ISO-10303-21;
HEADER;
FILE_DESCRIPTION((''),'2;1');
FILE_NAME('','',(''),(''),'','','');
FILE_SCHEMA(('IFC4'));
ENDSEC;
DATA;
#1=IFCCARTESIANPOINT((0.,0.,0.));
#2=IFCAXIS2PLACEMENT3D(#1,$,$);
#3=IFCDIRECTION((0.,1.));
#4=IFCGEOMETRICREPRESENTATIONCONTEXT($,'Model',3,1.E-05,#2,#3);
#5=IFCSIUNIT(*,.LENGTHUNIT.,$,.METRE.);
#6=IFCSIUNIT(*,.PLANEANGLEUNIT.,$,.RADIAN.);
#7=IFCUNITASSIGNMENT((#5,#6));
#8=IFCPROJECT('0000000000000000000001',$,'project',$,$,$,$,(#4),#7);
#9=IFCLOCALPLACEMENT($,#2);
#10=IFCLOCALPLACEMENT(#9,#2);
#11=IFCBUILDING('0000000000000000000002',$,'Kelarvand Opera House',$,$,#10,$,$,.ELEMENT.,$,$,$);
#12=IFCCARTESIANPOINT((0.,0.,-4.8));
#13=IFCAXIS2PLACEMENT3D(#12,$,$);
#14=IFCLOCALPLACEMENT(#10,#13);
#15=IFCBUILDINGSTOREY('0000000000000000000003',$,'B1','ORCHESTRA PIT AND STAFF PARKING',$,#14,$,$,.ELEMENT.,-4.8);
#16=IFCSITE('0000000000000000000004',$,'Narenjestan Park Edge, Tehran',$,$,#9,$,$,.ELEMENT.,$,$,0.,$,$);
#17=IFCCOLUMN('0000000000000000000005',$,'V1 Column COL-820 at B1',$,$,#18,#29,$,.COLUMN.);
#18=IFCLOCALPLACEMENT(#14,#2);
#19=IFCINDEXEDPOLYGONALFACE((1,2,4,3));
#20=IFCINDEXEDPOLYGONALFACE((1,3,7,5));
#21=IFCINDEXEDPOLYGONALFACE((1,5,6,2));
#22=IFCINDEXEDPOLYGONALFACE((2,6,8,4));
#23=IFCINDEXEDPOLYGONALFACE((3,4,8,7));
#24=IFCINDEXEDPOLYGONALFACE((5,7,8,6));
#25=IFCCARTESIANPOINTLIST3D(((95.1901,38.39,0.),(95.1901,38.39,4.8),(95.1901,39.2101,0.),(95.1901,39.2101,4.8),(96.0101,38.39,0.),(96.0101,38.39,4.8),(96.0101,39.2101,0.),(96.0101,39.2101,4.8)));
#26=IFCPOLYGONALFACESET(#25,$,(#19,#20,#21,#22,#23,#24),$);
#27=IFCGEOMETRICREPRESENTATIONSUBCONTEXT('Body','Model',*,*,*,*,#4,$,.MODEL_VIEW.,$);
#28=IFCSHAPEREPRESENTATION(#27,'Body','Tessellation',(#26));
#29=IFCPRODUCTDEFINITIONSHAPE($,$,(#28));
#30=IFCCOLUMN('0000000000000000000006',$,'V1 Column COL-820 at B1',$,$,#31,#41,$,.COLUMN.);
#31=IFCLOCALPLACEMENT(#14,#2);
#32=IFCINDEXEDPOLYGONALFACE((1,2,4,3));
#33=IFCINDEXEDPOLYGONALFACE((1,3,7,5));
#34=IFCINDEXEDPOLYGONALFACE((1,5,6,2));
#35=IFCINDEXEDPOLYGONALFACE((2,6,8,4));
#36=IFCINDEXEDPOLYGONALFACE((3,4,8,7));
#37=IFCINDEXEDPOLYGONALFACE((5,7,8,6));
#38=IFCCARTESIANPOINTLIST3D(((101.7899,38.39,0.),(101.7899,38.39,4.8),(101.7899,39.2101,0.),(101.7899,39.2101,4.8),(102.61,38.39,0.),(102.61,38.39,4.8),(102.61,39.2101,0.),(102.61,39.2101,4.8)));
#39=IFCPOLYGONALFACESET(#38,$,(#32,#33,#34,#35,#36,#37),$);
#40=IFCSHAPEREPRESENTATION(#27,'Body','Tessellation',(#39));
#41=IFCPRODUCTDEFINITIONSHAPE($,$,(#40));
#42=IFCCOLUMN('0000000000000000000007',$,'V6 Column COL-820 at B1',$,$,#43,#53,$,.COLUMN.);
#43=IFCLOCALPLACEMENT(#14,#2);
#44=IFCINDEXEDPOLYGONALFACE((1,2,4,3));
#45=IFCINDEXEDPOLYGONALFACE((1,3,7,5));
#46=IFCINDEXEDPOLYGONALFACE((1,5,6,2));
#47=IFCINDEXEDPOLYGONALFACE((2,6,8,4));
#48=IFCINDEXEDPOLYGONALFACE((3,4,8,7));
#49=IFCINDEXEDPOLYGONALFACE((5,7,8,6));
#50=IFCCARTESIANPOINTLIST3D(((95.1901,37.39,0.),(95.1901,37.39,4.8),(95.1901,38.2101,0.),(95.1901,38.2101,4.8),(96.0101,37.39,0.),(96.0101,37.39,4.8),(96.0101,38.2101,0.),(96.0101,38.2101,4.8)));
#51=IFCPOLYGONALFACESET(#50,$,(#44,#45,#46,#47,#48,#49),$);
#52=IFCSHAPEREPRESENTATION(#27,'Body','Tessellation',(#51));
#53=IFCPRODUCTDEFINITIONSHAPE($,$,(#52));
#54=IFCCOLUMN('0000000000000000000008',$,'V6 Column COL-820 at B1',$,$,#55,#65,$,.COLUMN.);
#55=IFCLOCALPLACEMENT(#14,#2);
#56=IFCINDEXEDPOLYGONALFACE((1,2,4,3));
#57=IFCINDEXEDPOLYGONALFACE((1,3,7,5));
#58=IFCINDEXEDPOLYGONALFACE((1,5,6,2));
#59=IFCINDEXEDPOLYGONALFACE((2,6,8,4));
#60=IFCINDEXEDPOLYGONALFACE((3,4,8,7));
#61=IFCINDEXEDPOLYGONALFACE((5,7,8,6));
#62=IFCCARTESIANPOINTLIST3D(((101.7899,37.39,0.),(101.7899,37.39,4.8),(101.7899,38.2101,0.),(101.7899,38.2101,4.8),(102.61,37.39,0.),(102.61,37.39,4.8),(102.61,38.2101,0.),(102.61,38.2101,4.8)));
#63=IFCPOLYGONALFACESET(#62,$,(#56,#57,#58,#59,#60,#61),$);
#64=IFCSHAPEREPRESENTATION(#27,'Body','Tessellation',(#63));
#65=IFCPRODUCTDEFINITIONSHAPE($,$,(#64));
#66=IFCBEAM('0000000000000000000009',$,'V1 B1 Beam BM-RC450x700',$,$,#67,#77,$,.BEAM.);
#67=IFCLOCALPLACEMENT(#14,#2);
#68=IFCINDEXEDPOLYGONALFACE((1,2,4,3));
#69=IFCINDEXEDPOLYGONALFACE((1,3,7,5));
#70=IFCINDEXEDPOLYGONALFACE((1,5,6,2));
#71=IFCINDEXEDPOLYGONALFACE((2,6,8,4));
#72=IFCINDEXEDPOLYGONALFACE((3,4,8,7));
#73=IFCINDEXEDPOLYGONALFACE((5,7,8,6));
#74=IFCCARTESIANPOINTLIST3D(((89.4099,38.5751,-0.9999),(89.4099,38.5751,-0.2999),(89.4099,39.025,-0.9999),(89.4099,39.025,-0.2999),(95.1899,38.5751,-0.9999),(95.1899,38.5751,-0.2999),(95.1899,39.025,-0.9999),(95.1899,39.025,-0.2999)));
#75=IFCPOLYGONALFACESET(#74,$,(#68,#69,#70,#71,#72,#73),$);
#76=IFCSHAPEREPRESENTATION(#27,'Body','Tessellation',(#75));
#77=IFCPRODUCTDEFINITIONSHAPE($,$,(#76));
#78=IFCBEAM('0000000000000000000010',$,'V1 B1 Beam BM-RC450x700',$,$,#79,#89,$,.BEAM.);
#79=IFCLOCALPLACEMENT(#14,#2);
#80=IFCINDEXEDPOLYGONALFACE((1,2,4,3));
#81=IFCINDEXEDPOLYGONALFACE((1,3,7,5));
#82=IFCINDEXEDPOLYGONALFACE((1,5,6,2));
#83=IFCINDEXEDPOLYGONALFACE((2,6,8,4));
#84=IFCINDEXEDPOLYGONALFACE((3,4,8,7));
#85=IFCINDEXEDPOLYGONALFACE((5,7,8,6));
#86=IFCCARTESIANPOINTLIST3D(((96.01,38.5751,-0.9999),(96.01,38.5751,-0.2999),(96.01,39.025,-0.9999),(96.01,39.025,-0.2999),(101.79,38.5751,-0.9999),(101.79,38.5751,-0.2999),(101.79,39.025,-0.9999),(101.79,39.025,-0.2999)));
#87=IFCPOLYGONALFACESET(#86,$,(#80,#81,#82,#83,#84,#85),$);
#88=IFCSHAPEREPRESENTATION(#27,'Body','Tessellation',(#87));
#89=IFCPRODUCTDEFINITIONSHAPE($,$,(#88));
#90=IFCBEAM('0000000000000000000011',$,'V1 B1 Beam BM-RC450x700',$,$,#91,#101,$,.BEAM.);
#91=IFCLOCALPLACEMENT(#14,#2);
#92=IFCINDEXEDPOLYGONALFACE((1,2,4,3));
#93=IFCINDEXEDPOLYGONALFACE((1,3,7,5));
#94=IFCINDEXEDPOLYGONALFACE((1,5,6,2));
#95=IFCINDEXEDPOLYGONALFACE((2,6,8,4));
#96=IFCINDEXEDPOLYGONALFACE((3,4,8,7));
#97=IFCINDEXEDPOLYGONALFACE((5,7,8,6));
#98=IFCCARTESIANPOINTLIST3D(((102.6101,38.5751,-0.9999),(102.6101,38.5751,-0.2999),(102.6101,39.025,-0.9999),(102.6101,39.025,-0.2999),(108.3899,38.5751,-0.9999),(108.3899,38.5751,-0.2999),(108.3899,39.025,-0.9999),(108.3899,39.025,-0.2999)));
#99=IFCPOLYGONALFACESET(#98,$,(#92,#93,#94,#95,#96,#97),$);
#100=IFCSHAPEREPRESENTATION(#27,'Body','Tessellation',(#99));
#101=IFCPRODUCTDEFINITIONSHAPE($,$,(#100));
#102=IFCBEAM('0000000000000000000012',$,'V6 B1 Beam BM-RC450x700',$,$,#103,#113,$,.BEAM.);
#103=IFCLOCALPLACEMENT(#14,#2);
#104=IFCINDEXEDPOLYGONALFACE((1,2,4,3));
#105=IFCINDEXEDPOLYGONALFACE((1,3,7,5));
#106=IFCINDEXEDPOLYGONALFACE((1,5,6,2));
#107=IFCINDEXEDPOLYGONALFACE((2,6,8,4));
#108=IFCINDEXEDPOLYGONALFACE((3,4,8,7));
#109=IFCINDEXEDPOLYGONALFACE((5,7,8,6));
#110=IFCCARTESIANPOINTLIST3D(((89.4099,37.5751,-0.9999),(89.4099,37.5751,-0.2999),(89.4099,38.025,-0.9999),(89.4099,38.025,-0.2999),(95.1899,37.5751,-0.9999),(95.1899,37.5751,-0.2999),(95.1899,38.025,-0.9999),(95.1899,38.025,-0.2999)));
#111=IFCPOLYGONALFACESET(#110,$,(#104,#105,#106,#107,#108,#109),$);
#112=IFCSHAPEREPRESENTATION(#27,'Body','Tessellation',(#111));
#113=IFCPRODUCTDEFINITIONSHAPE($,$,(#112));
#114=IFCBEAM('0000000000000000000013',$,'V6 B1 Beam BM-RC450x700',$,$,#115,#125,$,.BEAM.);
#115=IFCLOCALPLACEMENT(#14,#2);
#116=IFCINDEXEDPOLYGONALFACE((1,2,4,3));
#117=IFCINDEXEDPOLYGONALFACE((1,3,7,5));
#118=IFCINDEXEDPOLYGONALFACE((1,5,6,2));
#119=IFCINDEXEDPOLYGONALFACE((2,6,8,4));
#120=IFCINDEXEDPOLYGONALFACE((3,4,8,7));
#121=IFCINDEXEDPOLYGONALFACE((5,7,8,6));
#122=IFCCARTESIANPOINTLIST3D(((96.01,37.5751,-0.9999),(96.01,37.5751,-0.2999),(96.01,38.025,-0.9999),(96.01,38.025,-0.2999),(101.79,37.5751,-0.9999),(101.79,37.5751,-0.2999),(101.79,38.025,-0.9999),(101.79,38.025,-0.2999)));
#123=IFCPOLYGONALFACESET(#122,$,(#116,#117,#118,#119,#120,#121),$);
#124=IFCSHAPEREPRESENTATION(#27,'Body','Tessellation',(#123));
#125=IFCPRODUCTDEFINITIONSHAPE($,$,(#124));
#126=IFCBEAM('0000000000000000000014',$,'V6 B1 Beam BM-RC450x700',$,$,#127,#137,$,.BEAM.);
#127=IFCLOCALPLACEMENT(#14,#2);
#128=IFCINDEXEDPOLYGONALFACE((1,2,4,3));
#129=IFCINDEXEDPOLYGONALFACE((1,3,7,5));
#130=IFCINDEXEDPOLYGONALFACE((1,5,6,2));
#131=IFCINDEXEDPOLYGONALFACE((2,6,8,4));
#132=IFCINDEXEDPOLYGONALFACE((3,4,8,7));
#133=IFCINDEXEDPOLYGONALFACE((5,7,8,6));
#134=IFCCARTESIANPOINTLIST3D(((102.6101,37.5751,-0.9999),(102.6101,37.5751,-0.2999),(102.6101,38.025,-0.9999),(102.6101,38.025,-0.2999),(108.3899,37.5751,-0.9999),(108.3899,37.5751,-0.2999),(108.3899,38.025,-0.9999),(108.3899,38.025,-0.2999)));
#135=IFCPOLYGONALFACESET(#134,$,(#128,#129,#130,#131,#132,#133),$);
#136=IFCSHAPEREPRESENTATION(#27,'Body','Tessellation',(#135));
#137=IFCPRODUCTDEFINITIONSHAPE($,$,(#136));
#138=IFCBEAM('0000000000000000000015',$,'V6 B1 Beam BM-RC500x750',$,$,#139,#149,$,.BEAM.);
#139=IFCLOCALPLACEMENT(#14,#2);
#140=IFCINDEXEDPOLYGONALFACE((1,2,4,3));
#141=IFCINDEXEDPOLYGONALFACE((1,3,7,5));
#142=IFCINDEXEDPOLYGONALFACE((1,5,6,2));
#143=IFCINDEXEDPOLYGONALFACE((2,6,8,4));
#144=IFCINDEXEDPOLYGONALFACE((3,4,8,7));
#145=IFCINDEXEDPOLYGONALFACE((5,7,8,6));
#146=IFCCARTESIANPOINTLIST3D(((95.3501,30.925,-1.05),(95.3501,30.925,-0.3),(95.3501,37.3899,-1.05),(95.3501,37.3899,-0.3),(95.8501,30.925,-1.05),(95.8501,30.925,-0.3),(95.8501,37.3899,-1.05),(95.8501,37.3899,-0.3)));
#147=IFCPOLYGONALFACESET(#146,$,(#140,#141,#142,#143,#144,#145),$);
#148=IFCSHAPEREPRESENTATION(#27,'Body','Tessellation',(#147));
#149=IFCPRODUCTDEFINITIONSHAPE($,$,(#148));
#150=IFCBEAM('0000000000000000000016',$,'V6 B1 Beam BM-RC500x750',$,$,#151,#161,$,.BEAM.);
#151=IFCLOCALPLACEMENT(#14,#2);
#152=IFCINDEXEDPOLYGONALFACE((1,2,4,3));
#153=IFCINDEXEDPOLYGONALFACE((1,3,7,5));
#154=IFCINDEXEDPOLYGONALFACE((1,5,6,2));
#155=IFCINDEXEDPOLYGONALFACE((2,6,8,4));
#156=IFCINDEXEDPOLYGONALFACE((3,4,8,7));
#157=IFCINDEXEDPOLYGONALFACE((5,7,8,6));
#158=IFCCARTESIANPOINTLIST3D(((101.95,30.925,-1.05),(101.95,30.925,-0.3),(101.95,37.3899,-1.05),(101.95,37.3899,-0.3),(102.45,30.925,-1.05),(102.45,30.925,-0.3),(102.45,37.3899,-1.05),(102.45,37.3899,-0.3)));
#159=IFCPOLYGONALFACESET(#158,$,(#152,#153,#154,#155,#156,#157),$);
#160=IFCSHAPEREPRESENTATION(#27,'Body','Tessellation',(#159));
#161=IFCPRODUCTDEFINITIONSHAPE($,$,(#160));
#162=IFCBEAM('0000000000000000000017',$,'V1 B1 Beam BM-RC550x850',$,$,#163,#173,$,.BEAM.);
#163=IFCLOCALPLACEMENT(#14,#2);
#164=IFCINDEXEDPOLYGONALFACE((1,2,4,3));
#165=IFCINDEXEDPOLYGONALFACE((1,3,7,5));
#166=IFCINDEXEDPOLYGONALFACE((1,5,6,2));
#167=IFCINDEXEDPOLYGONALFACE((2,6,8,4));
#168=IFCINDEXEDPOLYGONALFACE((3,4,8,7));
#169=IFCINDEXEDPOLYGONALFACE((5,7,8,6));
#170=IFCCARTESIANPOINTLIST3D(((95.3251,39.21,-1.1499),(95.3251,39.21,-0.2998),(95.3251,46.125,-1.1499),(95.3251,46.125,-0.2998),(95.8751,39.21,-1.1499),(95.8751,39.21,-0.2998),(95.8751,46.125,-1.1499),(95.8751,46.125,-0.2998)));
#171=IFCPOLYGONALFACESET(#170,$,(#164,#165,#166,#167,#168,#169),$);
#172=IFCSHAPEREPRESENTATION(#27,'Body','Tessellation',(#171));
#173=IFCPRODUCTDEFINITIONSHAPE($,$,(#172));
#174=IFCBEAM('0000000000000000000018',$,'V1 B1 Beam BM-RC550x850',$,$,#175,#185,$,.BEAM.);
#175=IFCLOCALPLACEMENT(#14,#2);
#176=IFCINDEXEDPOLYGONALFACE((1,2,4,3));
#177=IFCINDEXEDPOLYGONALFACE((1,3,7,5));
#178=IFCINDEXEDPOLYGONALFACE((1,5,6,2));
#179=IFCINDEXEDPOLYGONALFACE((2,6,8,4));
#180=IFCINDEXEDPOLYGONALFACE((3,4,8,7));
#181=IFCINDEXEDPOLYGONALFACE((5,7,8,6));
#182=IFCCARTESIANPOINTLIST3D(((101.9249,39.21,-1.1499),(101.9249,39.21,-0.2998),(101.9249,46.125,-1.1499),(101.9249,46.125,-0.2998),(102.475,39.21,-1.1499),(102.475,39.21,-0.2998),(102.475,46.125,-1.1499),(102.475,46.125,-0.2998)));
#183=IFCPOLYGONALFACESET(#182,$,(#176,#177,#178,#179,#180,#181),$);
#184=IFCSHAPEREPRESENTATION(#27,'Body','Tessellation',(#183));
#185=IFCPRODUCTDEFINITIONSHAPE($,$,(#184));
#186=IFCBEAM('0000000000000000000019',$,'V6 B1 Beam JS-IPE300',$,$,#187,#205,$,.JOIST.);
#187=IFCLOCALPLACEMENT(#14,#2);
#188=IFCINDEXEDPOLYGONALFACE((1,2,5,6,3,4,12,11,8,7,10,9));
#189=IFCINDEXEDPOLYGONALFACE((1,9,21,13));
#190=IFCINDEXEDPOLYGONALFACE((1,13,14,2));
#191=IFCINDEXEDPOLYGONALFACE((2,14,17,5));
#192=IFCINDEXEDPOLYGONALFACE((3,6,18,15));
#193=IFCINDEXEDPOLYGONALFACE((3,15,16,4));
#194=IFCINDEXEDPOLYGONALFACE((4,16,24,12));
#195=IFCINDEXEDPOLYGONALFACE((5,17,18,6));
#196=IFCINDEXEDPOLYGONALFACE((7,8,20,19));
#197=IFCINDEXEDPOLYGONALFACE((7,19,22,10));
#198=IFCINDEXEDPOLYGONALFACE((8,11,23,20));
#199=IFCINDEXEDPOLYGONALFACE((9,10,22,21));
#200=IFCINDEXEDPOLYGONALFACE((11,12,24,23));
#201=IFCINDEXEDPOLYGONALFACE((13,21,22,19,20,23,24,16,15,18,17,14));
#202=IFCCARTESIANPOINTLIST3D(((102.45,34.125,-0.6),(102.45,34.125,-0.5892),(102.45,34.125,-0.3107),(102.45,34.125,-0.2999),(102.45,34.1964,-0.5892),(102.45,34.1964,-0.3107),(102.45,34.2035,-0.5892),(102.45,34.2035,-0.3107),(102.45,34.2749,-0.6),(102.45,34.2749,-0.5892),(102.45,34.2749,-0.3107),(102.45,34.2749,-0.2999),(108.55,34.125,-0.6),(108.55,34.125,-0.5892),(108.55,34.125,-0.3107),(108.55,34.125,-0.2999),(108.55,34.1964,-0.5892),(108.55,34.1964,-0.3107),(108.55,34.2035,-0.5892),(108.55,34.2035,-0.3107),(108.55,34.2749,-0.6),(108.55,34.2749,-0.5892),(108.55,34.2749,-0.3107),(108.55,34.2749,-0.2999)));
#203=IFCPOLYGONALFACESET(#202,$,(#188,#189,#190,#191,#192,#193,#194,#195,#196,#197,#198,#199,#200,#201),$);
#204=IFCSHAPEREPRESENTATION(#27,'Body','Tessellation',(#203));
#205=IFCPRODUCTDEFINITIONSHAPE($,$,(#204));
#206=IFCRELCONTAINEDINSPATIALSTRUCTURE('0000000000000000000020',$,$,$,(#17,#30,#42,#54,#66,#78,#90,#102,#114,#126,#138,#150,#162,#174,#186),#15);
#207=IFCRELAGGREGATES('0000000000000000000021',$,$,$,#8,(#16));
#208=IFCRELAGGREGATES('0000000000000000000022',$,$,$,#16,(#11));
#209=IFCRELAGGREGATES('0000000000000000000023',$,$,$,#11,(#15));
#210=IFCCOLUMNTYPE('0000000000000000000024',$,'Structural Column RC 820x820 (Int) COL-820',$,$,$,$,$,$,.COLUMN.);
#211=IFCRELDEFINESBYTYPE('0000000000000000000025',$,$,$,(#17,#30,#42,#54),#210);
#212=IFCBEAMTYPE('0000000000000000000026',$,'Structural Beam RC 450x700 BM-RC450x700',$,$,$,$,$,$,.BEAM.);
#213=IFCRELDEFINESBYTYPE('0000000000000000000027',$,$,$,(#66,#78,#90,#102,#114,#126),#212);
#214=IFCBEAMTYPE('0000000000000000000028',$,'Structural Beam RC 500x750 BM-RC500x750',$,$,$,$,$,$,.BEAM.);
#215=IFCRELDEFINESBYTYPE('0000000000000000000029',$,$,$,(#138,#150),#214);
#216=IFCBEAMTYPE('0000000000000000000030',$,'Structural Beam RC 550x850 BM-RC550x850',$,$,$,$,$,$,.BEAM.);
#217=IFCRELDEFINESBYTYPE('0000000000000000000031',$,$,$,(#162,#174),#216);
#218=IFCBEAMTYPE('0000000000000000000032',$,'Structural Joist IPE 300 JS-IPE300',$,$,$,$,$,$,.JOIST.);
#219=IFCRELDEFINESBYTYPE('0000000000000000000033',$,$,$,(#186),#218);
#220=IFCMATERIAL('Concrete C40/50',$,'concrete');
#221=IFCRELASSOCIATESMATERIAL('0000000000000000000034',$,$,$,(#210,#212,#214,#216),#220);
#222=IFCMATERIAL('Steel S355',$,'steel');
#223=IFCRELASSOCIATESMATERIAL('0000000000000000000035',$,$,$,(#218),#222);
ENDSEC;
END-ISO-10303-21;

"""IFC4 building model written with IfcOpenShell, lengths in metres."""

from ifc_helpers import new_model, si_unit, direction, frame, origin, origin_2d, place, context, subcontext, project, spatial, rectangle, i_section, extrude, material, material_profile, profile_set, type_object, element, save


model = new_model("IFC4")

# Units and contexts
model_context = context("Model", 3, precision=1e-05, world=origin(), true_north=direction((0.0, 1.0)))
body_context = subcontext(model_context, "Body", "Model", "MODEL_VIEW")
ifc_project = project(units=[si_unit("LENGTHUNIT", "METRE"), si_unit("PLANEANGLEUNIT", "RADIAN")], contexts=[model_context])

# Site, building, storey
site_placement = place(None, origin())
site = spatial("IfcSite", under=ifc_project, at=site_placement, Name="Narenjestan Park Edge, Tehran", CompositionType="ELEMENT", RefElevation=0.0)
building_placement = place(site_placement, origin())
building = spatial("IfcBuilding", under=site, at=building_placement, Name="Kelarvand Opera House", CompositionType="ELEMENT")
storey_placement = place(building_placement, frame((0.0, 0.0, -4.8)))
storey = spatial("IfcBuildingStorey", under=building, at=storey_placement, Name="B1", Description="ORCHESTRA PIT AND STAFF PARKING", CompositionType="ELEMENT", Elevation=-4.8)

# Columns
ifc_material_1 = material(Name="Concrete C40/50", Category="concrete")
ifc_material_profile_1 = material_profile(ifc_material_1, rectangle(XDim=0.8201, YDim=0.8201, at=origin_2d()), Name="RC 820x820", Category="concrete")
ifc_profile_set_1 = profile_set([ifc_material_profile_1], Name="Concrete C40/50")
column_type = type_object("IfcColumnType", Name="Structural Column RC 820x820 (Int) COL-820", PredefinedType="COLUMN", material=ifc_profile_set_1)
for number, where, z_axis, x_axis, name in (
    (1, (95.6001, 38.8, 0.0), (0.0, 0.0, 1.0), (1.0, 0.0, 0.0), "V1 Column COL-820 at B1"),
    (2, (102.2, 38.8, 0.0), (0.0, 0.0, 1.0), (1.0, 0.0, 0.0), "V1 Column COL-820 at B1"),
    (3, (95.6001, 37.8, 0.0), (0.0, 0.0, 1.0), (1.0, 0.0, 0.0), "V6 Column COL-820 at B1"),
    (4, (102.2, 37.8, 0.0), (0.0, 0.0, 1.0), (1.0, 0.0, 0.0), "V6 Column COL-820 at B1"),
):
    element("IfcColumn", number, at=place(storey_placement, frame(where, z_axis=z_axis, x_axis=x_axis)), inside=storey, type_object=column_type, Name=name, PredefinedType="COLUMN", context=body_context, shape_type="SweptSolid", body=[
        extrude(rectangle(XDim=0.8201, YDim=0.8201, at=origin_2d()), origin(), (0.0, 0.0, 1.0), 4.8),
    ])

# Beams
ifc_material_profile_2 = material_profile(ifc_material_1, rectangle(XDim=0.45, YDim=0.7, at=origin_2d()), Name="RC 450x700", Category="concrete")
ifc_profile_set_2 = profile_set([ifc_material_profile_2], Name="Concrete C40/50")
beam_type_1 = type_object("IfcBeamType", Name="Structural Beam RC 450x700 BM-RC450x700", PredefinedType="BEAM", material=ifc_profile_set_2)
for number, where, z_axis, x_axis, name in (
    (5, (89.4099, 38.8, -0.6499), (1.0, 0.0, 0.0), (0.0, 1.0, 0.0), "V1 B1 Beam BM-RC450x700"),
    (6, (96.01, 38.8, -0.6499), (1.0, 0.0, 0.0), (0.0, 1.0, 0.0), "V1 B1 Beam BM-RC450x700"),
):
    element("IfcBeam", number, at=place(storey_placement, frame(where, z_axis=z_axis, x_axis=x_axis)), inside=storey, type_object=beam_type_1, Name=name, PredefinedType="BEAM", context=body_context, shape_type="SweptSolid", body=[
        extrude(rectangle(XDim=0.45, YDim=0.7, at=origin_2d()), origin(), (0.0, 0.0, 1.0), 5.78),
    ])
beam_1_placement = place(storey_placement, frame((102.6101, 38.8, -0.6499), z_axis=(1.0, 0.0, 0.0), x_axis=(0.0, 1.0, 0.0)))
element("IfcBeam", 7, at=beam_1_placement, inside=storey, type_object=beam_type_1, Name="V1 B1 Beam BM-RC450x700", PredefinedType="BEAM", context=body_context, shape_type="SweptSolid", body=[
    extrude(rectangle(XDim=0.45, YDim=0.7, at=origin_2d()), origin(), (0.0, 0.0, 1.0), 5.7798),
])
for number, where, z_axis, x_axis, name in (
    (8, (89.4099, 37.8, -0.6499), (1.0, 0.0, 0.0), (0.0, 1.0, 0.0), "V6 B1 Beam BM-RC450x700"),
    (9, (96.01, 37.8, -0.6499), (1.0, 0.0, 0.0), (0.0, 1.0, 0.0), "V6 B1 Beam BM-RC450x700"),
):
    element("IfcBeam", number, at=place(storey_placement, frame(where, z_axis=z_axis, x_axis=x_axis)), inside=storey, type_object=beam_type_1, Name=name, PredefinedType="BEAM", context=body_context, shape_type="SweptSolid", body=[
        extrude(rectangle(XDim=0.45, YDim=0.7, at=origin_2d()), origin(), (0.0, 0.0, 1.0), 5.78),
    ])
beam_2_placement = place(storey_placement, frame((102.6101, 37.8, -0.6499), z_axis=(1.0, 0.0, 0.0), x_axis=(0.0, 1.0, 0.0)))
element("IfcBeam", 10, at=beam_2_placement, inside=storey, type_object=beam_type_1, Name="V6 B1 Beam BM-RC450x700", PredefinedType="BEAM", context=body_context, shape_type="SweptSolid", body=[
    extrude(rectangle(XDim=0.45, YDim=0.7, at=origin_2d()), origin(), (0.0, 0.0, 1.0), 5.7798),
])
ifc_material_profile_3 = material_profile(ifc_material_1, rectangle(XDim=0.5, YDim=0.75, at=origin_2d()), Name="RC 500x750", Category="concrete")
ifc_profile_set_3 = profile_set([ifc_material_profile_3], Name="Concrete C40/50")
beam_type_2 = type_object("IfcBeamType", Name="Structural Beam RC 500x750 BM-RC500x750", PredefinedType="BEAM", material=ifc_profile_set_3)
for number, where, z_axis, x_axis, name in (
    (11, (95.6001, 30.925, -0.675), (0.0, 1.0, 0.0), (-1.0, 0.0, 0.0), "V6 B1 Beam BM-RC500x750"),
    (12, (102.2, 30.925, -0.675), (0.0, 1.0, 0.0), (-1.0, 0.0, 0.0), "V6 B1 Beam BM-RC500x750"),
):
    element("IfcBeam", number, at=place(storey_placement, frame(where, z_axis=z_axis, x_axis=x_axis)), inside=storey, type_object=beam_type_2, Name=name, PredefinedType="BEAM", context=body_context, shape_type="SweptSolid", body=[
        extrude(rectangle(XDim=0.5, YDim=0.75, at=origin_2d()), origin(), (0.0, 0.0, 1.0), 6.4648),
    ])
ifc_material_profile_4 = material_profile(ifc_material_1, rectangle(XDim=0.55, YDim=0.8501, at=origin_2d()), Name="RC 550x850", Category="concrete")
ifc_profile_set_4 = profile_set([ifc_material_profile_4], Name="Concrete C40/50")
beam_type_3 = type_object("IfcBeamType", Name="Structural Beam RC 550x850 BM-RC550x850", PredefinedType="BEAM", material=ifc_profile_set_4)
for number, where, z_axis, x_axis, name in (
    (13, (95.6001, 39.21, -0.7249), (0.0, 1.0, 0.0), (-1.0, 0.0, 0.0), "V1 B1 Beam BM-RC550x850"),
    (14, (102.2, 39.21, -0.7249), (0.0, 1.0, 0.0), (-1.0, 0.0, 0.0), "V1 B1 Beam BM-RC550x850"),
):
    element("IfcBeam", number, at=place(storey_placement, frame(where, z_axis=z_axis, x_axis=x_axis)), inside=storey, type_object=beam_type_3, Name=name, PredefinedType="BEAM", context=body_context, shape_type="SweptSolid", body=[
        extrude(rectangle(XDim=0.55, YDim=0.8501, at=origin_2d()), origin(), (0.0, 0.0, 1.0), 6.915),
    ])
ifc_material_2 = material(Name="Steel S355", Category="steel")
ifc_material_profile_5 = material_profile(ifc_material_2, i_section(OverallWidth=0.1499, OverallDepth=0.3, WebThickness=0.0071, FlangeThickness=0.0107, at=origin_2d()), Name="IPE 300", Category="steel")
ifc_profile_set_5 = profile_set([ifc_material_profile_5], Name="Steel S355")
beam_type_4 = type_object("IfcBeamType", Name="Structural Joist IPE 300 JS-IPE300", PredefinedType="JOIST", material=ifc_profile_set_5)
beam_3_placement = place(storey_placement, frame((102.45, 34.2, -0.45), z_axis=(1.0, 0.0, 0.0), x_axis=(0.0, 1.0, 0.0)))
element("IfcBeam", 15, at=beam_3_placement, inside=storey, type_object=beam_type_4, Name="V6 B1 Beam JS-IPE300", PredefinedType="JOIST", context=body_context, shape_type="SweptSolid", body=[
    extrude(i_section(OverallWidth=0.1499, OverallDepth=0.3, WebThickness=0.0071, FlangeThickness=0.0107, at=origin_2d()), origin(), (0.0, 0.0, 1.0), 6.1001),
])

save(model, "model.ifc")
